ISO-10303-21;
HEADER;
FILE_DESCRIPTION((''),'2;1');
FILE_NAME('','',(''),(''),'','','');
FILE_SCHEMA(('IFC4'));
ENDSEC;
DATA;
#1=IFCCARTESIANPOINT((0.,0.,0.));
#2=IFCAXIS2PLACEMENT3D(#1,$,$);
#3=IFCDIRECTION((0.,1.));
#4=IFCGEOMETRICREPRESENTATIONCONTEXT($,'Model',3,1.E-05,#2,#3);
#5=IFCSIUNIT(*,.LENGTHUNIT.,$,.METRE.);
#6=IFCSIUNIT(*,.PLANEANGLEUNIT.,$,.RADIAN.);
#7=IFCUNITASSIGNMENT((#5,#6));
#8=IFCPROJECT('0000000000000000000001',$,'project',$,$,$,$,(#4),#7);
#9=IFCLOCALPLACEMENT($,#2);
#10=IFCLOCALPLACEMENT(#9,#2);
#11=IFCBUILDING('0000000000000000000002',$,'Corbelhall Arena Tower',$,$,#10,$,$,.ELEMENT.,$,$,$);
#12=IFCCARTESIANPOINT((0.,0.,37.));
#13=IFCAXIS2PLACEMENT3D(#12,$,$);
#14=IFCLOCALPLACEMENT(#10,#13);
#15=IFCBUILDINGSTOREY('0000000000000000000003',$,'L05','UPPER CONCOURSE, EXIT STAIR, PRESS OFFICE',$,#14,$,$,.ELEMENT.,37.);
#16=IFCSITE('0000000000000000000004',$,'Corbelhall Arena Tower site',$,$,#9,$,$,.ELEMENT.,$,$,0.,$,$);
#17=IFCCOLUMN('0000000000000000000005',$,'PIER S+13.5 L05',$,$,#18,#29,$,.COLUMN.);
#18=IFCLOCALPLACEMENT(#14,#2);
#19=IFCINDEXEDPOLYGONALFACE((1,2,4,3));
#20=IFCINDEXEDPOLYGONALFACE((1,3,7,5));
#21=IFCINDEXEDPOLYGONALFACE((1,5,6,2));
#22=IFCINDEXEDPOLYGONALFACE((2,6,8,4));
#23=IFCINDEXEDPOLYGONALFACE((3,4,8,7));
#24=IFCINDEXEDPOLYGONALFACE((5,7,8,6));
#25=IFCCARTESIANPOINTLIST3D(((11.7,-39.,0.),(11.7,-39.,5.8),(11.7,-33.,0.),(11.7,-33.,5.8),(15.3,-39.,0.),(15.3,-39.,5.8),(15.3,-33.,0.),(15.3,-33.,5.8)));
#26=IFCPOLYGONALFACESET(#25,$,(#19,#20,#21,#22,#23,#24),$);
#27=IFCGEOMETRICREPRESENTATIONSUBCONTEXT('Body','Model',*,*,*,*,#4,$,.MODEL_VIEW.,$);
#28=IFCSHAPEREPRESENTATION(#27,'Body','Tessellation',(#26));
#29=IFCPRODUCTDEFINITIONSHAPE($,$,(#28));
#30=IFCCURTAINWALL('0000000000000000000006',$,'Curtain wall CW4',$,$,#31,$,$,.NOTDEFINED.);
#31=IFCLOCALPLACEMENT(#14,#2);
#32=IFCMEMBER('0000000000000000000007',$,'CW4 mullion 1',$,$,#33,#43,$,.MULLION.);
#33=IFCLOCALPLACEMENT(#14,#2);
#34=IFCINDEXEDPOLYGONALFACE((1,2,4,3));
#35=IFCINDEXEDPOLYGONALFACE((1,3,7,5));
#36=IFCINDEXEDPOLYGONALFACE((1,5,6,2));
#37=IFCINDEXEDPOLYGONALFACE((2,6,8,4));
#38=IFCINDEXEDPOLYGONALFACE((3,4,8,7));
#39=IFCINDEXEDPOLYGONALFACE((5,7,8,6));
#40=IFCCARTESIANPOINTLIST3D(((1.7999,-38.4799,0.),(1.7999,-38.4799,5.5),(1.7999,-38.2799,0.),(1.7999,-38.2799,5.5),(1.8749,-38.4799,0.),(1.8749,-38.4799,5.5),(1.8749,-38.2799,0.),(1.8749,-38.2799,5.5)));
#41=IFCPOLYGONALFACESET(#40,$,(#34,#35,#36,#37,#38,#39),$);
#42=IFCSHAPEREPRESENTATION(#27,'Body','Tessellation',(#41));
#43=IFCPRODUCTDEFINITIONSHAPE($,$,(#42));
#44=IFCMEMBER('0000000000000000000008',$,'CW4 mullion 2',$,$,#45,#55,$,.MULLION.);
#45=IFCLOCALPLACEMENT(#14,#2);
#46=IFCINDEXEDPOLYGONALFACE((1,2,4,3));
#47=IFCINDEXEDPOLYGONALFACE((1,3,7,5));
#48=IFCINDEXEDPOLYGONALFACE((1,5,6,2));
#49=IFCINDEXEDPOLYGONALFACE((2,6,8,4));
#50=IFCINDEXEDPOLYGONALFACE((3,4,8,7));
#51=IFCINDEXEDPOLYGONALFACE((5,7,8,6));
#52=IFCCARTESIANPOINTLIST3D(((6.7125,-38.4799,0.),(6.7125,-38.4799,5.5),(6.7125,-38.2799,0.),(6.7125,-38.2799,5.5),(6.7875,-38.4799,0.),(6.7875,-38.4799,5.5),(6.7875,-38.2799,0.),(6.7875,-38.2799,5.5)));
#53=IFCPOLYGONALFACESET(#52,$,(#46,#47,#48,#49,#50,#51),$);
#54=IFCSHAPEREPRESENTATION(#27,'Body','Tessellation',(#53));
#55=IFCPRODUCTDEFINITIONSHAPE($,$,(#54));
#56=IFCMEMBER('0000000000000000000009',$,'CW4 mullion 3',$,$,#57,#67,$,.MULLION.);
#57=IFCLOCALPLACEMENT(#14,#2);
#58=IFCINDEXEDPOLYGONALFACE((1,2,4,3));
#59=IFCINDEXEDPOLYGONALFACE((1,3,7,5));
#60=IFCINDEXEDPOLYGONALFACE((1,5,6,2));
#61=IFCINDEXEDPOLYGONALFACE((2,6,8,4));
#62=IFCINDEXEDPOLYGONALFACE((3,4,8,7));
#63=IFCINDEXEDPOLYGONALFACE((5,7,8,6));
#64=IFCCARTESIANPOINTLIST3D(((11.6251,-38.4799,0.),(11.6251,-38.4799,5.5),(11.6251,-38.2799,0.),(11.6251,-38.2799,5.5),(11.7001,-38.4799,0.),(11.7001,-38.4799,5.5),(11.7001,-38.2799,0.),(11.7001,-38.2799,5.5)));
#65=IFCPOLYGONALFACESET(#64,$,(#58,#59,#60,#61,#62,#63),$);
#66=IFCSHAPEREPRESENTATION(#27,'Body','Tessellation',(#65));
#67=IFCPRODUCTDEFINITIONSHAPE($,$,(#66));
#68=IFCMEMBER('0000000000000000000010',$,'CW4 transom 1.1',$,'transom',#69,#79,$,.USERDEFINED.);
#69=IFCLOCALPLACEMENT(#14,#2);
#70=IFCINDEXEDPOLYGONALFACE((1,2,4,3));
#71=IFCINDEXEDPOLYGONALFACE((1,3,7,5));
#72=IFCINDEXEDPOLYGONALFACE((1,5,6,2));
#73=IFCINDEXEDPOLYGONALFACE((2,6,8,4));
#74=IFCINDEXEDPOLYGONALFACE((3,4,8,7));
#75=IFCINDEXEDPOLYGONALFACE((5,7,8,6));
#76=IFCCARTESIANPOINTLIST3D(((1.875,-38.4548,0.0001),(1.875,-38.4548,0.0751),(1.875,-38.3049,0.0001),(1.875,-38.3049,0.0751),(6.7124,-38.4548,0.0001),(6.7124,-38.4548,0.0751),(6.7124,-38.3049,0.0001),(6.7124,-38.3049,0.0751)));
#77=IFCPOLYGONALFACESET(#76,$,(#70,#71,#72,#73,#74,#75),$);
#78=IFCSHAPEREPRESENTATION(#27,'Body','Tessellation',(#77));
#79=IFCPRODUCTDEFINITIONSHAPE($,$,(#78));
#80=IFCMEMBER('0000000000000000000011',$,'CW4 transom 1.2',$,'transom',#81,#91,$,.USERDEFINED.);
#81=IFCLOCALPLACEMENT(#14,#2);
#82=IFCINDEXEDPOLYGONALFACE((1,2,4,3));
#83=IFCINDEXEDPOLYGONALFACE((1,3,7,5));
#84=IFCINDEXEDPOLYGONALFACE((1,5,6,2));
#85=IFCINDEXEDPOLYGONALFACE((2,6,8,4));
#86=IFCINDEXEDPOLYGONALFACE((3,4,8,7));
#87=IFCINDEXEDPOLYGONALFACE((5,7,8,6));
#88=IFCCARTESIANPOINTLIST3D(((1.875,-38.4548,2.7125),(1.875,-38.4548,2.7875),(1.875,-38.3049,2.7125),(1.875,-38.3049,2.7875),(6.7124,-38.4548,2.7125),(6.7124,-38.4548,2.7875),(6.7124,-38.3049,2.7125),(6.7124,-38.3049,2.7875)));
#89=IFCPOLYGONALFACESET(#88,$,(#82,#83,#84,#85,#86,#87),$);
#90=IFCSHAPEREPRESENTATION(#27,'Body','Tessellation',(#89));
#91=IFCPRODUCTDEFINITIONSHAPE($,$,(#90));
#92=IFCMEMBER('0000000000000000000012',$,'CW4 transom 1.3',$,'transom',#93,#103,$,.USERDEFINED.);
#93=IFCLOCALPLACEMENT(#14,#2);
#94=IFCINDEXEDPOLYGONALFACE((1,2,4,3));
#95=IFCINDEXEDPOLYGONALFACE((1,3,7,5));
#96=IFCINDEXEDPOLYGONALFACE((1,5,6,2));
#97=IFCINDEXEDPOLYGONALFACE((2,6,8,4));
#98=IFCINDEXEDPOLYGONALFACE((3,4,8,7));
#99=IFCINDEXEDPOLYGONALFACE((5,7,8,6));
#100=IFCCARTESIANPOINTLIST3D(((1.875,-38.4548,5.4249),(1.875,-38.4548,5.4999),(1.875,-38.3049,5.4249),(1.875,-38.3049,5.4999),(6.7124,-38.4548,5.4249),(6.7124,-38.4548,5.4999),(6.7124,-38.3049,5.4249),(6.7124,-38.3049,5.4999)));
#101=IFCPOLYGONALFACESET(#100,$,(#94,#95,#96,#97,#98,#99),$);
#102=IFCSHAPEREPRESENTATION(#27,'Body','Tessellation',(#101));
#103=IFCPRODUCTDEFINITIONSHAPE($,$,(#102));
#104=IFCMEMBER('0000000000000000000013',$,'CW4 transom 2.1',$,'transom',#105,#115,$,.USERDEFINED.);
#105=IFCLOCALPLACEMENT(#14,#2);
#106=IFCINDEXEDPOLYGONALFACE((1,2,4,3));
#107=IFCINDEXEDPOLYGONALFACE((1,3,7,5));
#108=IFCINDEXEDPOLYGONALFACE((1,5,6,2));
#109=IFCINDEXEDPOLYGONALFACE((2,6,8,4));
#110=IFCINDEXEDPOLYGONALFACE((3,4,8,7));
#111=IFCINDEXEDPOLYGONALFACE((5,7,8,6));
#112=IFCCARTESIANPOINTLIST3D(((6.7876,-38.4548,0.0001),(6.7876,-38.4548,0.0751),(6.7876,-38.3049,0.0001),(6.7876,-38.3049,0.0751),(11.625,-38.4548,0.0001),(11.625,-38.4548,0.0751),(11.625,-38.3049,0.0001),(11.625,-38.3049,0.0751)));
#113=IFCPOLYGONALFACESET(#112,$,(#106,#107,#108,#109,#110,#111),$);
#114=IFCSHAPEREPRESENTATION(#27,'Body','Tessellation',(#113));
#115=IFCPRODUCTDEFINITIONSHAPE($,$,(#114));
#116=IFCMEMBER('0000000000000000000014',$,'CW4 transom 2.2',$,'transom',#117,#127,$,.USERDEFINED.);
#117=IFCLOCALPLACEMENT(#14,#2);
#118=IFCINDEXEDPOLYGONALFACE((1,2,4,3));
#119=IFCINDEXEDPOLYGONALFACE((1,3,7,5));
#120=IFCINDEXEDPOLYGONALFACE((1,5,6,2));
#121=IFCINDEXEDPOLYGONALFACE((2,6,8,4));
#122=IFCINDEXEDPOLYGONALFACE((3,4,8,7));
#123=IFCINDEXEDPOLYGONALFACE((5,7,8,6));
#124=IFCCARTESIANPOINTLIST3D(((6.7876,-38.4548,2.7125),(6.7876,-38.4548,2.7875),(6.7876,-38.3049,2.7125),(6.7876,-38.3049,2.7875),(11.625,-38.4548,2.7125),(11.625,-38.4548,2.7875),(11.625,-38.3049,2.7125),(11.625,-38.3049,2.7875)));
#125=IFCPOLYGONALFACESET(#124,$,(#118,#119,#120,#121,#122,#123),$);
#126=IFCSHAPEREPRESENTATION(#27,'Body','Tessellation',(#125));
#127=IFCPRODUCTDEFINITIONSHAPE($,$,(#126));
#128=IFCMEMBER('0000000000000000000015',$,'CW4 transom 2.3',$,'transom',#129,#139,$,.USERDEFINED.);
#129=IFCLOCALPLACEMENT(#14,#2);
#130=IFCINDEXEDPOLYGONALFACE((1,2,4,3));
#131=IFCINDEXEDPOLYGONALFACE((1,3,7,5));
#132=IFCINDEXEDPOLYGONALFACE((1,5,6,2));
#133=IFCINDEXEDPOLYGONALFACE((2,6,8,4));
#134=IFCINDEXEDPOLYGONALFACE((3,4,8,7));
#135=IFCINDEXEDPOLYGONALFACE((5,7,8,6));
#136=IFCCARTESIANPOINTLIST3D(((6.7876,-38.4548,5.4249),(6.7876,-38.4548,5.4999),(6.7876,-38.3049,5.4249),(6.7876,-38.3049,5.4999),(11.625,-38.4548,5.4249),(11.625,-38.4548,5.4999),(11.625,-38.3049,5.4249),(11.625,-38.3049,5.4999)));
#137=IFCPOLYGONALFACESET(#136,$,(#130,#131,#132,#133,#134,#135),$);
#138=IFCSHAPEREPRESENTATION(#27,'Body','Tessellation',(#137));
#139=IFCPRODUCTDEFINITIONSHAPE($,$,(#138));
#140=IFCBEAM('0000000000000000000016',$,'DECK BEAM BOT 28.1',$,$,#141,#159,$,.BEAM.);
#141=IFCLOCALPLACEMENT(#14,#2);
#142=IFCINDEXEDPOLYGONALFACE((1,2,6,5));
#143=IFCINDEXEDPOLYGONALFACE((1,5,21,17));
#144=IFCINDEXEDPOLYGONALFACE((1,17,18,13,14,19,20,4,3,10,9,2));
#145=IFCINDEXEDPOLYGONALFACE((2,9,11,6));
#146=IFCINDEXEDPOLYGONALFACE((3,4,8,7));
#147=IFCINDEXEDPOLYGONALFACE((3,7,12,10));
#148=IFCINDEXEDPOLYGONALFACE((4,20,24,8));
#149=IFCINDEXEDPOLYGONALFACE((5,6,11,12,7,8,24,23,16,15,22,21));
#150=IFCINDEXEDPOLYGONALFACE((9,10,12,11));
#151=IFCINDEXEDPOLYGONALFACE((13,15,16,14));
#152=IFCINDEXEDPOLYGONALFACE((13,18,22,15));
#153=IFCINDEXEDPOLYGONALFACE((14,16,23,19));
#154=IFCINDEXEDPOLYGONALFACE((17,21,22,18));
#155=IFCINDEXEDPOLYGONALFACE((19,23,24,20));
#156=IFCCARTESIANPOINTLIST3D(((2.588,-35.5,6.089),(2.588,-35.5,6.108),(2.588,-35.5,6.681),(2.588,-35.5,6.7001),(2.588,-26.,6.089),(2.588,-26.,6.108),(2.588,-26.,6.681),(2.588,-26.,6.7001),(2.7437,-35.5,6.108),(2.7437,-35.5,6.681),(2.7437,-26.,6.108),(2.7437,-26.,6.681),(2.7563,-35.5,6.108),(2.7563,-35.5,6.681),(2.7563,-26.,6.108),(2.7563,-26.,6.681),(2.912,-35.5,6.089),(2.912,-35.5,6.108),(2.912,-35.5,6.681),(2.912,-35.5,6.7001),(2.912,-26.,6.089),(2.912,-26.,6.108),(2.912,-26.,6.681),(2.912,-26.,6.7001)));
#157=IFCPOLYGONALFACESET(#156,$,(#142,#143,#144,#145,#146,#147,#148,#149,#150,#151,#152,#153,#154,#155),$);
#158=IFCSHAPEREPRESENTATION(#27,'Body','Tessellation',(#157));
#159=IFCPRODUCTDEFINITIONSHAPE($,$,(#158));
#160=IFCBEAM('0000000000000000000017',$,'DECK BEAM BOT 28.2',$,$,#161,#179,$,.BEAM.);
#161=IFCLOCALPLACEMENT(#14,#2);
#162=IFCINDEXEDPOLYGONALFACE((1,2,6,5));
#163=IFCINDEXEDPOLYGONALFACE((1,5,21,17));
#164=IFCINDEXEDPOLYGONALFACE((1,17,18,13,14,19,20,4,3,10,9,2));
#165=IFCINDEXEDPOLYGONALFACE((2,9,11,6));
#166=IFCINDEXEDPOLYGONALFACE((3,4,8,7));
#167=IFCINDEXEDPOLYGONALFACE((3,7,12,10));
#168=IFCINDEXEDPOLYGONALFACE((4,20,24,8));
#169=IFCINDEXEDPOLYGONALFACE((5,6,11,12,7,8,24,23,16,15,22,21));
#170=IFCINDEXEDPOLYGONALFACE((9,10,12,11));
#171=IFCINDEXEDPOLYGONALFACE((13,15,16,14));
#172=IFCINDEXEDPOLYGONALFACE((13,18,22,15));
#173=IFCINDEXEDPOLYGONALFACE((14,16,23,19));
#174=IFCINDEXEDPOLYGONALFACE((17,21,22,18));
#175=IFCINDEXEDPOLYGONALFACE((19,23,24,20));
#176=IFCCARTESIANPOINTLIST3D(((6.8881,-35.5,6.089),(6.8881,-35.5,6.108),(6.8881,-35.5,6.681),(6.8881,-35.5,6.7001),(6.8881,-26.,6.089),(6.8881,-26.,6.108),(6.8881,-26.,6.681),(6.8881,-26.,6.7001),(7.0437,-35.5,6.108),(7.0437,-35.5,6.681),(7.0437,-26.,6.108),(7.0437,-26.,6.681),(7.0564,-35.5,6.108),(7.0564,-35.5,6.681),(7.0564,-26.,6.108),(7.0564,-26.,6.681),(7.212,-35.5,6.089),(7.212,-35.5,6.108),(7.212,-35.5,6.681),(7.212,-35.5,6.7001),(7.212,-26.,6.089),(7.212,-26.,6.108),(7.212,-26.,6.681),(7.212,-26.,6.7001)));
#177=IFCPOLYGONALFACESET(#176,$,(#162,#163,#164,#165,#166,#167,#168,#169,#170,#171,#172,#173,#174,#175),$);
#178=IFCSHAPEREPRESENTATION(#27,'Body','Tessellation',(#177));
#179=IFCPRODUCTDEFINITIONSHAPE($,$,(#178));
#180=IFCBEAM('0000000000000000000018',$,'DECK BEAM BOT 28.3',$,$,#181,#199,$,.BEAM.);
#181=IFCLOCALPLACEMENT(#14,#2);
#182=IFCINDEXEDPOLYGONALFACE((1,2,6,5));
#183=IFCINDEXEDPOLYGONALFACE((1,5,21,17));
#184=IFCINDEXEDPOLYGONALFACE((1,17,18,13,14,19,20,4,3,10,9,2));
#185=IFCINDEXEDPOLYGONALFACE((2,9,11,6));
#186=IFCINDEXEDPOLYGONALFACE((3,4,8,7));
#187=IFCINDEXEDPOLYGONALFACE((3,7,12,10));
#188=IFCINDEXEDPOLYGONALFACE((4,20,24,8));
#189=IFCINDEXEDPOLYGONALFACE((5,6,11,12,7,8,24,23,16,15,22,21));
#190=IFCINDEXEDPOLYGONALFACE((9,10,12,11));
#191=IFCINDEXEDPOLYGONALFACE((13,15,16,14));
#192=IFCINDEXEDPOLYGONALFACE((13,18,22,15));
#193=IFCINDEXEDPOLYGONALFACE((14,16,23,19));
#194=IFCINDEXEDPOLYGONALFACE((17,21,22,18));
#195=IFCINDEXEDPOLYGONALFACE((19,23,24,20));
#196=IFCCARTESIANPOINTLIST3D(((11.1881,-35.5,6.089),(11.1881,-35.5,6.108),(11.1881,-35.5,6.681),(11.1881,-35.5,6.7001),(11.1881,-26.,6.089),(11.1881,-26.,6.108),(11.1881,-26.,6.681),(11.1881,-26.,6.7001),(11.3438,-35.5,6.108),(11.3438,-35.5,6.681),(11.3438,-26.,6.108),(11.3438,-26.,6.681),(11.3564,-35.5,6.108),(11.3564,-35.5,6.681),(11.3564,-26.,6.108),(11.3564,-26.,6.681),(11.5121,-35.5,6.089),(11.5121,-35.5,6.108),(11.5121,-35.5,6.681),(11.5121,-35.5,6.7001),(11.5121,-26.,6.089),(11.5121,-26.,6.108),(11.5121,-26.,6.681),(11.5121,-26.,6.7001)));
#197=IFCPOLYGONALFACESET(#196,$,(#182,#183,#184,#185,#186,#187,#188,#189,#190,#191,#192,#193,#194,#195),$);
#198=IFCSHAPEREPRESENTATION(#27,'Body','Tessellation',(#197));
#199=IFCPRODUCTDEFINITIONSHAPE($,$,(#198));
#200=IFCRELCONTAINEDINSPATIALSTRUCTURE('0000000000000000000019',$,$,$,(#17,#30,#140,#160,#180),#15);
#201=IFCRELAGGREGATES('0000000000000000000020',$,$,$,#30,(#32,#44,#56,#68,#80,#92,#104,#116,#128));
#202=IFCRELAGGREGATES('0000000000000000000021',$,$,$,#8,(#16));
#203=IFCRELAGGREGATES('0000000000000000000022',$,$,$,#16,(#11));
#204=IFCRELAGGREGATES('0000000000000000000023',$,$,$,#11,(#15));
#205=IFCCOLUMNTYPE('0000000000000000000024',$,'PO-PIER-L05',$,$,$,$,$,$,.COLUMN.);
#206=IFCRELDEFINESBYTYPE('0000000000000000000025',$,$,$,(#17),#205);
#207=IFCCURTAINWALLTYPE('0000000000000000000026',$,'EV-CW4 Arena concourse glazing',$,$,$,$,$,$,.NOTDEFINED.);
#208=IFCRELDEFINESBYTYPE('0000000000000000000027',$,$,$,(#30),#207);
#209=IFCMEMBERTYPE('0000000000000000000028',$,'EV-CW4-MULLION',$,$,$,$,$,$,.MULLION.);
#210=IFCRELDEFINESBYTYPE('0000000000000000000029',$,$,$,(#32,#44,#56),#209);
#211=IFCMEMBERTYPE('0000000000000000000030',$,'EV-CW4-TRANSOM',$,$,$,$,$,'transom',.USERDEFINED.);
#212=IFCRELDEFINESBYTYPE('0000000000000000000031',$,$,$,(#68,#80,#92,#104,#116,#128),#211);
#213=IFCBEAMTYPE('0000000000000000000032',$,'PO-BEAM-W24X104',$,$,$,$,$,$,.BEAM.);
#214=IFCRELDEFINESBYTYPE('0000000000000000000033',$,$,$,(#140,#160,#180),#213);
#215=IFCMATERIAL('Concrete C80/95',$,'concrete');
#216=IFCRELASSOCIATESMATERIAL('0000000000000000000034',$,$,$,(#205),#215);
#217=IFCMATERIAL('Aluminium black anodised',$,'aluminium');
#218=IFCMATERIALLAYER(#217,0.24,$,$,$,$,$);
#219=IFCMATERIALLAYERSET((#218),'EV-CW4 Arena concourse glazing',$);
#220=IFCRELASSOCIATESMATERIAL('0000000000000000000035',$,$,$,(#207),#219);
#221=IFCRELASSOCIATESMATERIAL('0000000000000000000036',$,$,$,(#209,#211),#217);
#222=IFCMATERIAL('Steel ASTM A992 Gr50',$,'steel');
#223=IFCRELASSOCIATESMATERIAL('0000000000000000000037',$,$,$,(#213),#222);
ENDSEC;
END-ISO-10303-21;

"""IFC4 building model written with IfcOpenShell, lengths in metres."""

from ifc_helpers import new_model, si_unit, direction, frame, origin, origin_2d, place, context, subcontext, project, spatial, rectangle, i_section, extrude, material, layer, layer_set, material_profile, profile_set, type_object, element, aggregate, save


model = new_model("IFC4")

# Units and contexts
model_context = context("Model", 3, precision=1e-05, world=origin(), true_north=direction((0.0, 1.0)))
body_context = subcontext(model_context, "Body", "Model", "MODEL_VIEW")
ifc_project = project(units=[si_unit("LENGTHUNIT", "METRE"), si_unit("PLANEANGLEUNIT", "RADIAN")], contexts=[model_context])

# Site, building, storey
site_placement = place(None, origin())
site = spatial("IfcSite", under=ifc_project, at=site_placement, Name="Corbelhall Arena Tower site", CompositionType="ELEMENT", RefElevation=0.0)
building_placement = place(site_placement, origin())
building = spatial("IfcBuilding", under=site, at=building_placement, Name="Corbelhall Arena Tower", CompositionType="ELEMENT")
storey_placement = place(building_placement, frame((0.0, 0.0, 37.0)))
storey = spatial("IfcBuildingStorey", under=building, at=storey_placement, Name="L05", Description="UPPER CONCOURSE, EXIT STAIR, PRESS OFFICE", CompositionType="ELEMENT", Elevation=37.0)

# Column
ifc_material_1 = material(Name="Concrete C80/95", Category="concrete")
ifc_material_profile_1 = material_profile(ifc_material_1, rectangle(XDim=3.6001, YDim=6.0, at=origin_2d()))
ifc_profile_set_1 = profile_set([ifc_material_profile_1], Name="Concrete C80/95")
column_type = type_object("IfcColumnType", Name="PO-PIER-L05", PredefinedType="COLUMN", material=ifc_profile_set_1)
column_placement = place(storey_placement, frame((13.5, -36.0, 0.0), z_axis=(0.0, 0.0, 1.0), x_axis=(1.0, 0.0, 0.0)))
element("IfcColumn", 1, at=column_placement, inside=storey, type_object=column_type, Name="PIER S+13.5 L05", PredefinedType="COLUMN", context=body_context, shape_type="SweptSolid", body=[
    extrude(rectangle(XDim=3.6001, YDim=6.0, at=origin_2d()), origin(), (0.0, 0.0, 1.0), 5.8),
])

# Curtain wall, members
ifc_material_2 = material(Name="Aluminium black anodised", Category="aluminium")
ifc_layer_1 = layer(ifc_material_2, 0.24)
ifc_layer_set_1 = layer_set([ifc_layer_1], Name="EV-CW4 Arena concourse glazing")
curtain_wall_type = type_object("IfcCurtainWallType", Name="EV-CW4 Arena concourse glazing", PredefinedType="NOTDEFINED", material=ifc_layer_set_1)
curtain_wall_placement = place(storey_placement, origin())
curtain_wall = element("IfcCurtainWall", 2, at=curtain_wall_placement, inside=storey, type_object=curtain_wall_type, Name="Curtain wall CW4", PredefinedType="NOTDEFINED")
ifc_material_profile_2 = material_profile(ifc_material_2, rectangle(XDim=0.2, YDim=0.075, at=origin_2d()))
ifc_profile_set_2 = profile_set([ifc_material_profile_2], Name="Aluminium black anodised")
member_type_1 = type_object("IfcMemberType", Name="EV-CW4-MULLION", PredefinedType="MULLION", material=ifc_profile_set_2)
member_1_placement = place(storey_placement, frame((1.8374, -38.3799, 0.0), z_axis=(0.0, 0.0, 1.0), x_axis=(0.0, 1.0, 0.0)))
member_1 = element("IfcMember", 3, at=member_1_placement, type_object=member_type_1, Name="CW4 mullion 1", PredefinedType="MULLION", context=body_context, shape_type="SweptSolid", body=[
    extrude(rectangle(XDim=0.2, YDim=0.075, at=origin_2d()), origin(), (0.0, 0.0, 1.0), 5.5),
])
member_2_placement = place(storey_placement, frame((6.75, -38.3799, 0.0), z_axis=(0.0, 0.0, 1.0), x_axis=(0.0, 1.0, 0.0)))
member_2 = element("IfcMember", 4, at=member_2_placement, type_object=member_type_1, Name="CW4 mullion 2", PredefinedType="MULLION", context=body_context, shape_type="SweptSolid", body=[
    extrude(rectangle(XDim=0.2, YDim=0.075, at=origin_2d()), origin(), (0.0, 0.0, 1.0), 5.5),
])
member_3_placement = place(storey_placement, frame((11.6626, -38.3799, 0.0), z_axis=(0.0, 0.0, 1.0), x_axis=(0.0, 1.0, 0.0)))
member_3 = element("IfcMember", 5, at=member_3_placement, type_object=member_type_1, Name="CW4 mullion 3", PredefinedType="MULLION", context=body_context, shape_type="SweptSolid", body=[
    extrude(rectangle(XDim=0.2, YDim=0.075, at=origin_2d()), origin(), (0.0, 0.0, 1.0), 5.5),
])
ifc_material_profile_3 = material_profile(ifc_material_2, rectangle(XDim=0.1499, YDim=0.075, at=origin_2d()))
ifc_profile_set_3 = profile_set([ifc_material_profile_3], Name="Aluminium black anodised")
member_type_2 = type_object("IfcMemberType", Name="EV-CW4-TRANSOM", ElementType="transom", PredefinedType="USERDEFINED", material=ifc_profile_set_3)
member_4_placement = place(storey_placement, frame((1.875, -38.3799, 0.0376), z_axis=(1.0, 0.0, 0.0), x_axis=(0.0, 1.0, 0.0)))
member_4 = element("IfcMember", 6, at=member_4_placement, type_object=member_type_2, Name="CW4 transom 1.1", ObjectType="transom", PredefinedType="USERDEFINED", context=body_context, shape_type="SweptSolid", body=[
    extrude(rectangle(XDim=0.1499, YDim=0.075, at=origin_2d()), origin(), (0.0, 0.0, 1.0), 4.8374),
])
member_5_placement = place(storey_placement, frame((1.875, -38.3799, 2.75), z_axis=(1.0, 0.0, 0.0), x_axis=(0.0, 1.0, 0.0)))
member_5 = element("IfcMember", 7, at=member_5_placement, type_object=member_type_2, Name="CW4 transom 1.2", ObjectType="transom", PredefinedType="USERDEFINED", context=body_context, shape_type="SweptSolid", body=[
    extrude(rectangle(XDim=0.1499, YDim=0.075, at=origin_2d()), origin(), (0.0, 0.0, 1.0), 4.8374),
])
member_6_placement = place(storey_placement, frame((1.875, -38.3799, 5.4624), z_axis=(1.0, 0.0, 0.0), x_axis=(0.0, 1.0, 0.0)))
member_6 = element("IfcMember", 8, at=member_6_placement, type_object=member_type_2, Name="CW4 transom 1.3", ObjectType="transom", PredefinedType="USERDEFINED", context=body_context, shape_type="SweptSolid", body=[
    extrude(rectangle(XDim=0.1499, YDim=0.075, at=origin_2d()), origin(), (0.0, 0.0, 1.0), 4.8374),
])
member_7_placement = place(storey_placement, frame((6.7876, -38.3799, 0.0376), z_axis=(1.0, 0.0, 0.0), x_axis=(0.0, 1.0, 0.0)))
member_7 = element("IfcMember", 9, at=member_7_placement, type_object=member_type_2, Name="CW4 transom 2.1", ObjectType="transom", PredefinedType="USERDEFINED", context=body_context, shape_type="SweptSolid", body=[
    extrude(rectangle(XDim=0.1499, YDim=0.075, at=origin_2d()), origin(), (0.0, 0.0, 1.0), 4.8374),
])
member_8_placement = place(storey_placement, frame((6.7876, -38.3799, 2.75), z_axis=(1.0, 0.0, 0.0), x_axis=(0.0, 1.0, 0.0)))
member_8 = element("IfcMember", 10, at=member_8_placement, type_object=member_type_2, Name="CW4 transom 2.2", ObjectType="transom", PredefinedType="USERDEFINED", context=body_context, shape_type="SweptSolid", body=[
    extrude(rectangle(XDim=0.1499, YDim=0.075, at=origin_2d()), origin(), (0.0, 0.0, 1.0), 4.8374),
])
member_9_placement = place(storey_placement, frame((6.7876, -38.3799, 5.4624), z_axis=(1.0, 0.0, 0.0), x_axis=(0.0, 1.0, 0.0)))
member_9 = element("IfcMember", 11, at=member_9_placement, type_object=member_type_2, Name="CW4 transom 2.3", ObjectType="transom", PredefinedType="USERDEFINED", context=body_context, shape_type="SweptSolid", body=[
    extrude(rectangle(XDim=0.1499, YDim=0.075, at=origin_2d()), origin(), (0.0, 0.0, 1.0), 4.8374),
])

# Beams
ifc_material_3 = material(Name="Steel ASTM A992 Gr50", Category="steel")
ifc_material_profile_4 = material_profile(ifc_material_3, i_section(OverallWidth=0.324, OverallDepth=0.6111, WebThickness=0.0127, FlangeThickness=0.019, at=origin_2d()))
ifc_profile_set_4 = profile_set([ifc_material_profile_4], Name="Steel ASTM A992 Gr50")
beam_type = type_object("IfcBeamType", Name="PO-BEAM-W24X104", PredefinedType="BEAM", material=ifc_profile_set_4)
for number, where, z_axis, x_axis, name in (
    (12, (2.75, -35.5, 6.3945), (0.0, 1.0, 0.0), (-1.0, 0.0, 0.0), "DECK BEAM BOT 28.1"),
    (13, (7.05, -35.5, 6.3945), (0.0, 1.0, 0.0), (-1.0, 0.0, 0.0), "DECK BEAM BOT 28.2"),
    (14, (11.3501, -35.5, 6.3945), (0.0, 1.0, 0.0), (-1.0, 0.0, 0.0), "DECK BEAM BOT 28.3"),
):
    element("IfcBeam", number, at=place(storey_placement, frame(where, z_axis=z_axis, x_axis=x_axis)), inside=storey, type_object=beam_type, Name=name, PredefinedType="BEAM", context=body_context, shape_type="SweptSolid", body=[
        extrude(i_section(OverallWidth=0.324, OverallDepth=0.6111, WebThickness=0.0127, FlangeThickness=0.019, at=origin_2d()), origin(), (0.0, 0.0, 1.0), 9.5),
    ])

aggregate(curtain_wall, [member_1, member_2, member_3, member_4, member_5, member_6, member_7, member_8, member_9])

save(model, "model.ifc")
